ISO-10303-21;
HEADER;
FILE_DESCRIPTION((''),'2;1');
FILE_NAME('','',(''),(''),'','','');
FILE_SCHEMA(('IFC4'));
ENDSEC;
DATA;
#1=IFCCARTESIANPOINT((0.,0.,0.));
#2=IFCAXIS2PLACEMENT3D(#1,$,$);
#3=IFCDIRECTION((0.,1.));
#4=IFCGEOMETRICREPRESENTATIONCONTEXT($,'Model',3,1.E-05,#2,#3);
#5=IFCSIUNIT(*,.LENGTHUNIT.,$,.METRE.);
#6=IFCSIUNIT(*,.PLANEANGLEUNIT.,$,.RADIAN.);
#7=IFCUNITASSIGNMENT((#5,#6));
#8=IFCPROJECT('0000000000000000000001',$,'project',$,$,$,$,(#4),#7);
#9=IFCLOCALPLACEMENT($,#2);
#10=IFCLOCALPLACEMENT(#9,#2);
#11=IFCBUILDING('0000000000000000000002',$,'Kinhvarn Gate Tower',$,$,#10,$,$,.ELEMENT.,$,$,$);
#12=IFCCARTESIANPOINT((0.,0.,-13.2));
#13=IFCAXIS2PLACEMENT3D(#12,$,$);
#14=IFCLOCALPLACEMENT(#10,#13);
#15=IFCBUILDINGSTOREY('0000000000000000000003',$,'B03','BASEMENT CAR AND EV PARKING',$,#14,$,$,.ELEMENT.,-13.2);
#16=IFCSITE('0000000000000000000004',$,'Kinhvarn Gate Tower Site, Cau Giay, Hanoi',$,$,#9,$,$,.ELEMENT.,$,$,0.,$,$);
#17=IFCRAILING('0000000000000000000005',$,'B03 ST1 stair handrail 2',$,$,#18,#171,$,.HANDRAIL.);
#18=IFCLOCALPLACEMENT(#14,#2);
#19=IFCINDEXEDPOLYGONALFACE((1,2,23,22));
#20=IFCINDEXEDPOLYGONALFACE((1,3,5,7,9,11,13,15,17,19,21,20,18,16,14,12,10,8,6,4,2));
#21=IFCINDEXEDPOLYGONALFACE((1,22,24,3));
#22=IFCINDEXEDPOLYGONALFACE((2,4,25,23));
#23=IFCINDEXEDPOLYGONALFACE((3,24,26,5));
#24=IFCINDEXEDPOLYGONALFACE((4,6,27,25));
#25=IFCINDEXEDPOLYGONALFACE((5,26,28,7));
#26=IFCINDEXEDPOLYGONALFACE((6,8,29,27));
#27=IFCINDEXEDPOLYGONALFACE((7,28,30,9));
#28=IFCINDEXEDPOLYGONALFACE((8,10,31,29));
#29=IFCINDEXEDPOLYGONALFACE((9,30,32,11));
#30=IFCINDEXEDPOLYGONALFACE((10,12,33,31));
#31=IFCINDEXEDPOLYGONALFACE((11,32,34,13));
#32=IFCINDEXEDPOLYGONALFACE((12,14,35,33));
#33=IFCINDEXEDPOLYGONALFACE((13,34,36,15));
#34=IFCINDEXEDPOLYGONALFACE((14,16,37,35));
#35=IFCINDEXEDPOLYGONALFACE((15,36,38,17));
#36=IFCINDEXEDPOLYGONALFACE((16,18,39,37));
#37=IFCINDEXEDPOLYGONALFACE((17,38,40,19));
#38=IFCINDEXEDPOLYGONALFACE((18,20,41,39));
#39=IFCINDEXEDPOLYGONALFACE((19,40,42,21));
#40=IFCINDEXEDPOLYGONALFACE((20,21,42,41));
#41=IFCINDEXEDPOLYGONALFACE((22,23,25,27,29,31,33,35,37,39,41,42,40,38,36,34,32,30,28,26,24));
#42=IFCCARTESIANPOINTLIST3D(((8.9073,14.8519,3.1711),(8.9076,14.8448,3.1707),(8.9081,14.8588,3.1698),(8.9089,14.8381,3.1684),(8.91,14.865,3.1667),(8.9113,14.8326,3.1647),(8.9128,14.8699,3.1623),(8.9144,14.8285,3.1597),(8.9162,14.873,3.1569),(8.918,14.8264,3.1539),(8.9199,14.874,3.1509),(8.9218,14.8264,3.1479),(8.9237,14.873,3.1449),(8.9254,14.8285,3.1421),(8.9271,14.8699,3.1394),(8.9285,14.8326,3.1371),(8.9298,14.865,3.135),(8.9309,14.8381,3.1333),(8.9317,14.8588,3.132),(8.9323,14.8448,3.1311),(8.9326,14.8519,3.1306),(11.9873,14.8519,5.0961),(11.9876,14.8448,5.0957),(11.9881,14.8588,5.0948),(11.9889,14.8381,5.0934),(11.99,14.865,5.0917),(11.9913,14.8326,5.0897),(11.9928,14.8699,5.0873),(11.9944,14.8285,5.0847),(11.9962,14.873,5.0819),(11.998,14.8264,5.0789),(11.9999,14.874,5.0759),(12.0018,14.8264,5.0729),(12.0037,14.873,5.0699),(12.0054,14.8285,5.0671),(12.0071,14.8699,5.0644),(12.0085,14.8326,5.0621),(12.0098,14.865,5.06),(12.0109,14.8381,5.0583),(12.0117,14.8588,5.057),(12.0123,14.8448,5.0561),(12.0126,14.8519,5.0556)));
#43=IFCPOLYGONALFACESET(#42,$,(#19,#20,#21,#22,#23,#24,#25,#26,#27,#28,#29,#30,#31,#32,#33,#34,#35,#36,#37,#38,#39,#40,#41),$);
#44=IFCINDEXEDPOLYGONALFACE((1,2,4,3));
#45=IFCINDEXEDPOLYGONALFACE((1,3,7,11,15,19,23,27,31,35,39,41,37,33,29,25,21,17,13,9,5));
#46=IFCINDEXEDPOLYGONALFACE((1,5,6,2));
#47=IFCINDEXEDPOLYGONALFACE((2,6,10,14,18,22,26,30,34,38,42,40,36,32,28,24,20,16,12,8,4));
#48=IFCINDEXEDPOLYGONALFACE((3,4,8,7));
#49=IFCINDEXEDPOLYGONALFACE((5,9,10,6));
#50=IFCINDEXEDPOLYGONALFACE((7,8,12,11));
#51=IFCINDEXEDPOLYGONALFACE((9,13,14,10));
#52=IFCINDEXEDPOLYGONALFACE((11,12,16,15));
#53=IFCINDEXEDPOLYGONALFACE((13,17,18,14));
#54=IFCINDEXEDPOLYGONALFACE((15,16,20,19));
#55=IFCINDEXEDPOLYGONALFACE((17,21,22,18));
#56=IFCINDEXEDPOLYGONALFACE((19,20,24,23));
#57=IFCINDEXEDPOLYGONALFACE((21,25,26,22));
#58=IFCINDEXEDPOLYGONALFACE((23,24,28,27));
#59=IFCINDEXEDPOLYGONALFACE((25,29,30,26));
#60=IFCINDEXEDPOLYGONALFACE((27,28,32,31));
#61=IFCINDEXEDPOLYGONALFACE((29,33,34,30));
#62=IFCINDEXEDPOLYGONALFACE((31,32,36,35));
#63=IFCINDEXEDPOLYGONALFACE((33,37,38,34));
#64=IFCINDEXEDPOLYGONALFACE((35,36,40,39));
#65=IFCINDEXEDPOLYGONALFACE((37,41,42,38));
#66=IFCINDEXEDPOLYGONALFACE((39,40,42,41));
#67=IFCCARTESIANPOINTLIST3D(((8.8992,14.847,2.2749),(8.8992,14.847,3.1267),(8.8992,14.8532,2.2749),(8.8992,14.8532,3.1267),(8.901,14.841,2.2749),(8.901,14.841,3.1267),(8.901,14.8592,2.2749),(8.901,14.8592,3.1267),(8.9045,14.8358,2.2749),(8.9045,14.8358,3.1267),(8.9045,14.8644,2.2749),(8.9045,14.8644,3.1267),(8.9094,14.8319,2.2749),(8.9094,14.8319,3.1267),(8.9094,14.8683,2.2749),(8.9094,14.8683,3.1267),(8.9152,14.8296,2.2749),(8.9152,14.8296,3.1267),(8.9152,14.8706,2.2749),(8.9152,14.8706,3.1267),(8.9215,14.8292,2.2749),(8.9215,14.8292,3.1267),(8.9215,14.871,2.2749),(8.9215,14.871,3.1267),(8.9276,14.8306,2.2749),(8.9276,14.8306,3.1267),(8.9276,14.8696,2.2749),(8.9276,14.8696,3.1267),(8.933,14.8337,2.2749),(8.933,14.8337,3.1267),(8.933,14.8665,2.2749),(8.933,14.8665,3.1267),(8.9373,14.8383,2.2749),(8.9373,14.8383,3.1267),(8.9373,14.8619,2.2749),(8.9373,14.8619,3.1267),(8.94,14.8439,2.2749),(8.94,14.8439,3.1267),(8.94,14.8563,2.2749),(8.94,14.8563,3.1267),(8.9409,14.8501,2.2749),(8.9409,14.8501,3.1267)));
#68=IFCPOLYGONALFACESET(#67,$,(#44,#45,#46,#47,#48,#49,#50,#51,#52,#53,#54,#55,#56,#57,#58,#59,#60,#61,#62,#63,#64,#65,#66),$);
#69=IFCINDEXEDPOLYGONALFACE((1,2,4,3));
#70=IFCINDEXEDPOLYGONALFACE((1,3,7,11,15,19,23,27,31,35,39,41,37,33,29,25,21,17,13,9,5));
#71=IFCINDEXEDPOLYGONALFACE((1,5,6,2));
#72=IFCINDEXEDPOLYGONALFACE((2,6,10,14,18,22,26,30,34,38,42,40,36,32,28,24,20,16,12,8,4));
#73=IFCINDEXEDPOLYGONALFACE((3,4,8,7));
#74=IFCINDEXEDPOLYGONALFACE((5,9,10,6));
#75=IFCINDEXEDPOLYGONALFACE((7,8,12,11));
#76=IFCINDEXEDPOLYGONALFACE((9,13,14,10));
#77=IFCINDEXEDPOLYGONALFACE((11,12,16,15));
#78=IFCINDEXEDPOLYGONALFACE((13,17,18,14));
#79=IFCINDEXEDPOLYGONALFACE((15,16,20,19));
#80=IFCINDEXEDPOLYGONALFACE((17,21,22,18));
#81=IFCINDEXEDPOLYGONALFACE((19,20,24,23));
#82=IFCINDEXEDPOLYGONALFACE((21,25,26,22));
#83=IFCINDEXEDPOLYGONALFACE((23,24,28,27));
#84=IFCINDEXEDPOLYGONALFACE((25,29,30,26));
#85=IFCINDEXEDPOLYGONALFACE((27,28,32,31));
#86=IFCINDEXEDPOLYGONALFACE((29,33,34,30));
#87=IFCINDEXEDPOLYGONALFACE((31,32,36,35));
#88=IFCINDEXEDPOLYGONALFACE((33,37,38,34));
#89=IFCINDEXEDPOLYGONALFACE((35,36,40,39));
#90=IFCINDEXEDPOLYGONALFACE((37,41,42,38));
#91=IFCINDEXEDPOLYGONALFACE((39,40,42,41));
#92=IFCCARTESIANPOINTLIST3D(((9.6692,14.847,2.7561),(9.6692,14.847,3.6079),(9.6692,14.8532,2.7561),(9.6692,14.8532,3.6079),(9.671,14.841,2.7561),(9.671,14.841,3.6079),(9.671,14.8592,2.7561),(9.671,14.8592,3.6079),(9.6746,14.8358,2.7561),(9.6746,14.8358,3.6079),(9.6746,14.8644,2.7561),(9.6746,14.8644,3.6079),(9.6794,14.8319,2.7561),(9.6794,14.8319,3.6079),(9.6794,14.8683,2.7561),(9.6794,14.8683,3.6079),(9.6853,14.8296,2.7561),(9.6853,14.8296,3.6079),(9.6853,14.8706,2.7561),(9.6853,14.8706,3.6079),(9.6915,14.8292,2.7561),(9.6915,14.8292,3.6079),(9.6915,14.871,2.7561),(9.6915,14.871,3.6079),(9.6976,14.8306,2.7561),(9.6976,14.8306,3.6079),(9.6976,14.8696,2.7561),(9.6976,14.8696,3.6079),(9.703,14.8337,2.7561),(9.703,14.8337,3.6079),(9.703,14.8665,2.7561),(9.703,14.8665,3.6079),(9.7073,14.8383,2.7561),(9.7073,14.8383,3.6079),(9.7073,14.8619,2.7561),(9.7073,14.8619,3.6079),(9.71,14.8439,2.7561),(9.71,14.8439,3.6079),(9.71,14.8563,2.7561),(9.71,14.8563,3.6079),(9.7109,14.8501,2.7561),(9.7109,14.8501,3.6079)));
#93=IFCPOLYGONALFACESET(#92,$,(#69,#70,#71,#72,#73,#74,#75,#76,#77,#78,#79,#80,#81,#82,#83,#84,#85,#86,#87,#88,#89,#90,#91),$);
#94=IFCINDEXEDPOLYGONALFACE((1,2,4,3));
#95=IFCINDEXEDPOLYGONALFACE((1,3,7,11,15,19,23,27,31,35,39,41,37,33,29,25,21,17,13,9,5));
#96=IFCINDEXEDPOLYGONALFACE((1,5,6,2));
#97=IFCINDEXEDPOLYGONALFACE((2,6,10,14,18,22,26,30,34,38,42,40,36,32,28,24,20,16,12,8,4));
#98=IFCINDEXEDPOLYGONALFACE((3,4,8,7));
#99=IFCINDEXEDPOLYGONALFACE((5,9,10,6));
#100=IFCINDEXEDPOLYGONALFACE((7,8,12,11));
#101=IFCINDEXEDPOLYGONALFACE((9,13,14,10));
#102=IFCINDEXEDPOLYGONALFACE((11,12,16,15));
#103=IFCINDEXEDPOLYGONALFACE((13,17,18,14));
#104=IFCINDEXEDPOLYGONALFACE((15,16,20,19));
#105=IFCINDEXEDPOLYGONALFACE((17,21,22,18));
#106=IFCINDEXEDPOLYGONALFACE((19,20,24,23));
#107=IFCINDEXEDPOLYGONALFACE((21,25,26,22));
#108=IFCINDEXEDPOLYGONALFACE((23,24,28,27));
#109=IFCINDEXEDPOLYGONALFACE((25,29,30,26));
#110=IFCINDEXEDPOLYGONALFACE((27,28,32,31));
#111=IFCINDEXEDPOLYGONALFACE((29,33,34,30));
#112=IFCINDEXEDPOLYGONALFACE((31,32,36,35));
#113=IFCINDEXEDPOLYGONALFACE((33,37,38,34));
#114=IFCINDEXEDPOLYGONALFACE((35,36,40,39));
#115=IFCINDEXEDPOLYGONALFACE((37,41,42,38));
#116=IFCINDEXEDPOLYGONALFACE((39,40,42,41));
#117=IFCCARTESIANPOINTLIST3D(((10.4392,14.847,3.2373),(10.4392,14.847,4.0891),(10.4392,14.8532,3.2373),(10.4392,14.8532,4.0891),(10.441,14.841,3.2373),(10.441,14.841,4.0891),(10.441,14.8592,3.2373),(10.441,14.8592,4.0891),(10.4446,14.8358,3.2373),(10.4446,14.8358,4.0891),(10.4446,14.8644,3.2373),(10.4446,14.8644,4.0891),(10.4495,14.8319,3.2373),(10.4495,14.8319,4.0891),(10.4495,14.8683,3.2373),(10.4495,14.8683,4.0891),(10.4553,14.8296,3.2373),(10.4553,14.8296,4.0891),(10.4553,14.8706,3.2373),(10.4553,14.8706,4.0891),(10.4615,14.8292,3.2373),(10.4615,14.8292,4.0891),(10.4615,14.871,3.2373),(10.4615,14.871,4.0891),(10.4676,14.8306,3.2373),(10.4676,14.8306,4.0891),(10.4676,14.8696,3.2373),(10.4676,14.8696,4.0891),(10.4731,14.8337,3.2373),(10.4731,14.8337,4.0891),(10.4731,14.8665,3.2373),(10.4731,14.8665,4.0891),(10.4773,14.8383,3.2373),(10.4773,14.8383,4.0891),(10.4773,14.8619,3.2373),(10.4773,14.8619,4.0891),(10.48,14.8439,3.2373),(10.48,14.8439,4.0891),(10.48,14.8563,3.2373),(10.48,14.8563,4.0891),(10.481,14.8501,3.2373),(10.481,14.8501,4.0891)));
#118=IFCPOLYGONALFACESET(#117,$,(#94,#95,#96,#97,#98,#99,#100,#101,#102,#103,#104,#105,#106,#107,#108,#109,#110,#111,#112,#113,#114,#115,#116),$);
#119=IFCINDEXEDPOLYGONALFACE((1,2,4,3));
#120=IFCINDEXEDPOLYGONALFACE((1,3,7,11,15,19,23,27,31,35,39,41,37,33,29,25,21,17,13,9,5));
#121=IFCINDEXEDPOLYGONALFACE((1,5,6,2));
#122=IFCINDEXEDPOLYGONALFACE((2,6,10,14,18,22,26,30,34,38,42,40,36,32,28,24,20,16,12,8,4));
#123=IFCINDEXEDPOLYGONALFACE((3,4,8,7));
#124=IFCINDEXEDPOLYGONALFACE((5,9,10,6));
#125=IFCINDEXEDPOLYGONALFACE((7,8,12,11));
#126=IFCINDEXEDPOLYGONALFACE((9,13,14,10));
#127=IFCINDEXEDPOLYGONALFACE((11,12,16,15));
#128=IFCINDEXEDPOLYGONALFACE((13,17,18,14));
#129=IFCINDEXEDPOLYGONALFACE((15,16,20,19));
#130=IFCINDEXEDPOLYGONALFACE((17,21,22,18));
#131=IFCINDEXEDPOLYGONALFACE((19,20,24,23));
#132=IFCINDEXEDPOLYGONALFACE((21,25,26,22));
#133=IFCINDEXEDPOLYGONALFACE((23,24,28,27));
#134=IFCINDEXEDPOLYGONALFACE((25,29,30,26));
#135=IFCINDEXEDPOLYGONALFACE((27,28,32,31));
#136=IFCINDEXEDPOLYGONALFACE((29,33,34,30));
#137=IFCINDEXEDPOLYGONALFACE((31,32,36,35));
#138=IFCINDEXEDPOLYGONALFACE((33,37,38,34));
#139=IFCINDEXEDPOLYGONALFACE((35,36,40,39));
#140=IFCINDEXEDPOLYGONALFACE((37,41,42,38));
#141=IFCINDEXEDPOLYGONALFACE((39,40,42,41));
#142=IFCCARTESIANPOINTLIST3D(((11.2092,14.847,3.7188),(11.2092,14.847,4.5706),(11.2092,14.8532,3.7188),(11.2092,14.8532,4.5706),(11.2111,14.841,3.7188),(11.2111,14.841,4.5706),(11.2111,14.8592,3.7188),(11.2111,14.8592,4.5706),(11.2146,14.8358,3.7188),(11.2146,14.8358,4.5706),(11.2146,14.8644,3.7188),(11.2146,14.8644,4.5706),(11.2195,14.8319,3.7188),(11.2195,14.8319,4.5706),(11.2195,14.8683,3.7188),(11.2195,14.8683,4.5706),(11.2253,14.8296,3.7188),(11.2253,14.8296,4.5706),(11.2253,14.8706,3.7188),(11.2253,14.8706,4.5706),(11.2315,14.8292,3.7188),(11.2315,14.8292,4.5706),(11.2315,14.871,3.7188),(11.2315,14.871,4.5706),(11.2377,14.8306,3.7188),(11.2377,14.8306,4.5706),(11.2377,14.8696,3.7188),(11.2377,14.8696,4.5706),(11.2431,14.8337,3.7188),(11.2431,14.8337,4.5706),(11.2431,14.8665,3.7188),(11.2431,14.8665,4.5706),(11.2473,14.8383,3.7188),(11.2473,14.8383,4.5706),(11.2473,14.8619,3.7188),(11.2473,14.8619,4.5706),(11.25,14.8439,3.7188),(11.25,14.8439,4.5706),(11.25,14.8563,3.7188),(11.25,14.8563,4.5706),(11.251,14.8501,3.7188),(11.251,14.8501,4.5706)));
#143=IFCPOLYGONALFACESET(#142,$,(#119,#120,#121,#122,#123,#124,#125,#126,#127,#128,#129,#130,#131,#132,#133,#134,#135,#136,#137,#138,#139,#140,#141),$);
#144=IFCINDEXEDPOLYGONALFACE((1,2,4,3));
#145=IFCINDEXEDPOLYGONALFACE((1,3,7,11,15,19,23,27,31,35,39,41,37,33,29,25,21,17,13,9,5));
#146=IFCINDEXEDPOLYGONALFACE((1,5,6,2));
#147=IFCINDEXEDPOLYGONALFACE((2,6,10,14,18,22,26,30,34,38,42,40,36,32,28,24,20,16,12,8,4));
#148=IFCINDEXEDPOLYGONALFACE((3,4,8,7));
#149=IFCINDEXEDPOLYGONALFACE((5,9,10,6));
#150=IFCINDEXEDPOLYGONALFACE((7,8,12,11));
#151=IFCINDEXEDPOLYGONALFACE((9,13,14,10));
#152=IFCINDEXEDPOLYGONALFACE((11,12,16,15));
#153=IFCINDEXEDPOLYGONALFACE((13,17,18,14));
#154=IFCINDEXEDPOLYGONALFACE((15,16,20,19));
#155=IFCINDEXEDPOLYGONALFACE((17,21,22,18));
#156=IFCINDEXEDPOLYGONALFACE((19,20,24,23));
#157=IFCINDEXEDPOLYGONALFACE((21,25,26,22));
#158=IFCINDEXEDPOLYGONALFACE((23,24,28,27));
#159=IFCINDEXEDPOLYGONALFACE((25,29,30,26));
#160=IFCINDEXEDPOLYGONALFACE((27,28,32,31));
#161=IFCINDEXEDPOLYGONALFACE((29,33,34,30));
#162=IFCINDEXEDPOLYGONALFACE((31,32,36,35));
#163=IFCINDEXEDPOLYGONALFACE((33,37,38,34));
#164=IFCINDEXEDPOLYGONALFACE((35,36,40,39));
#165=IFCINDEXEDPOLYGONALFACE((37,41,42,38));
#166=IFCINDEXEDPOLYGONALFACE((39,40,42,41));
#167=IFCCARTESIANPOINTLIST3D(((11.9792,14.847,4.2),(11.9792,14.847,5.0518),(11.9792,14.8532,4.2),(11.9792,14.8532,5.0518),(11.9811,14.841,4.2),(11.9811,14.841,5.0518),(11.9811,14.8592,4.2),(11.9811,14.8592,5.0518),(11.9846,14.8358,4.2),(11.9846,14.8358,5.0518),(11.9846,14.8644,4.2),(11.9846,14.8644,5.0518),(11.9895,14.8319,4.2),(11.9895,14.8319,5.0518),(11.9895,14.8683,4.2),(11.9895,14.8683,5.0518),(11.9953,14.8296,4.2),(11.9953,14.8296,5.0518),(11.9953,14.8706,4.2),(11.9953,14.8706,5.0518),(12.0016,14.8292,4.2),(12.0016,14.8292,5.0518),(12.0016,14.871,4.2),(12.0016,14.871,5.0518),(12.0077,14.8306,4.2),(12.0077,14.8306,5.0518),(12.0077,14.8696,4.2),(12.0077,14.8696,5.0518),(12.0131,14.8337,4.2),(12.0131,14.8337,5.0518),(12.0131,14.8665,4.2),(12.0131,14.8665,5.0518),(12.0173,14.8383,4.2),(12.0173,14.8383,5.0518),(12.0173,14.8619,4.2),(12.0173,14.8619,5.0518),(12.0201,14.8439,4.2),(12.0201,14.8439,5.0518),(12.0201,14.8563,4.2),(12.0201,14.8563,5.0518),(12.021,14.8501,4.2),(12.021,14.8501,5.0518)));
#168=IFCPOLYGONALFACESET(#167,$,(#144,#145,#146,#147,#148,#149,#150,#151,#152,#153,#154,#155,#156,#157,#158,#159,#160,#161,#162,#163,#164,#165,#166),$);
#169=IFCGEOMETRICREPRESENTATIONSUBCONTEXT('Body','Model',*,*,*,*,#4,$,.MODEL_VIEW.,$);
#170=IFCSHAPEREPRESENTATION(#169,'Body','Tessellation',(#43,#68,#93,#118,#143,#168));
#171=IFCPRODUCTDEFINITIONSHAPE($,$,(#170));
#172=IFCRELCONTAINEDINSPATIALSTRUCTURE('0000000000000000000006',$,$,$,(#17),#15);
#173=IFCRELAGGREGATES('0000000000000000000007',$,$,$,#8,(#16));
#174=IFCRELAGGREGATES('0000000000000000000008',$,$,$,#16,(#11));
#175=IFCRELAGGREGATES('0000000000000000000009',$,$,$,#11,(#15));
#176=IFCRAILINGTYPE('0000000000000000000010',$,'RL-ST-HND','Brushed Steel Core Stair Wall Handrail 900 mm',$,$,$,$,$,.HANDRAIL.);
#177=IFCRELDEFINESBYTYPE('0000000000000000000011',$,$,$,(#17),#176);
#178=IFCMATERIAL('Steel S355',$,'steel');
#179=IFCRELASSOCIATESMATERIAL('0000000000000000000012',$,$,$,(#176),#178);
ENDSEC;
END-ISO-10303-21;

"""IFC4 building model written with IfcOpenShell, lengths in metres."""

from ifc_helpers import new_model, si_unit, direction, frame, origin, origin_2d, place, context, subcontext, project, spatial, circle, extrude, material, type_object, element, save


model = new_model("IFC4")

# Units and contexts
model_context = context("Model", 3, precision=1e-05, world=origin(), true_north=direction((0.0, 1.0)))
body_context = subcontext(model_context, "Body", "Model", "MODEL_VIEW")
ifc_project = project(units=[si_unit("LENGTHUNIT", "METRE"), si_unit("PLANEANGLEUNIT", "RADIAN")], contexts=[model_context])

# Site, building, storey
site_placement = place(None, origin())
site = spatial("IfcSite", under=ifc_project, at=site_placement, Name="Kinhvarn Gate Tower Site, Cau Giay, Hanoi", CompositionType="ELEMENT", RefElevation=0.0)
building_placement = place(site_placement, origin())
building = spatial("IfcBuilding", under=site, at=building_placement, Name="Kinhvarn Gate Tower", CompositionType="ELEMENT")
storey_placement = place(building_placement, frame((0.0, 0.0, -13.2)))
storey = spatial("IfcBuildingStorey", under=building, at=storey_placement, Name="B03", Description="BASEMENT CAR AND EV PARKING", CompositionType="ELEMENT", Elevation=-13.2)

# Shared definitions
ifc_material_1 = material(Name="Steel S355", Category="steel")

# Railing
railing_type_1 = type_object("IfcRailingType", Name="RL-ST-HND", Description="Brushed Steel Core Stair Wall Handrail 900 mm", PredefinedType="HANDRAIL", material=ifc_material_1)
railing_1_placement = place(storey_placement, frame((8.9199, 14.8501, 2.2749)))
element("IfcRailing", 1, at=railing_1_placement, inside=storey, type_object=railing_type_1, Name="B03 ST1 stair handrail 2", PredefinedType="HANDRAIL", context=body_context, shape_type="SweptSolid", body=[
    extrude(circle(Radius=0.0239, at=origin_2d()), frame((0.0, 0.0, 0.876), z_axis=(0.847998, 0.0, 0.529999), x_axis=(0.0, 1.0, 0.0)), (0.0, 0.0, 1.0), 3.6321),
    extrude(circle(Radius=0.021, at=origin_2d()), origin(), (0.0, 0.0, 1.0), 0.8518),
    extrude(circle(Radius=0.021, at=origin_2d()), frame((0.77, 0.0, 0.4812)), (0.0, 0.0, 1.0), 0.8518),
    extrude(circle(Radius=0.021, at=origin_2d()), frame((1.54, 0.0, 0.9624)), (0.0, 0.0, 1.0), 0.8518),
    extrude(circle(Radius=0.021, at=origin_2d()), frame((2.3101, 0.0, 1.4438)), (0.0, 0.0, 1.0), 0.8518),
    extrude(circle(Radius=0.021, at=origin_2d()), frame((3.0801, 0.0, 1.925)), (0.0, 0.0, 1.0), 0.8518),
])

save(model, "model.ifc")
